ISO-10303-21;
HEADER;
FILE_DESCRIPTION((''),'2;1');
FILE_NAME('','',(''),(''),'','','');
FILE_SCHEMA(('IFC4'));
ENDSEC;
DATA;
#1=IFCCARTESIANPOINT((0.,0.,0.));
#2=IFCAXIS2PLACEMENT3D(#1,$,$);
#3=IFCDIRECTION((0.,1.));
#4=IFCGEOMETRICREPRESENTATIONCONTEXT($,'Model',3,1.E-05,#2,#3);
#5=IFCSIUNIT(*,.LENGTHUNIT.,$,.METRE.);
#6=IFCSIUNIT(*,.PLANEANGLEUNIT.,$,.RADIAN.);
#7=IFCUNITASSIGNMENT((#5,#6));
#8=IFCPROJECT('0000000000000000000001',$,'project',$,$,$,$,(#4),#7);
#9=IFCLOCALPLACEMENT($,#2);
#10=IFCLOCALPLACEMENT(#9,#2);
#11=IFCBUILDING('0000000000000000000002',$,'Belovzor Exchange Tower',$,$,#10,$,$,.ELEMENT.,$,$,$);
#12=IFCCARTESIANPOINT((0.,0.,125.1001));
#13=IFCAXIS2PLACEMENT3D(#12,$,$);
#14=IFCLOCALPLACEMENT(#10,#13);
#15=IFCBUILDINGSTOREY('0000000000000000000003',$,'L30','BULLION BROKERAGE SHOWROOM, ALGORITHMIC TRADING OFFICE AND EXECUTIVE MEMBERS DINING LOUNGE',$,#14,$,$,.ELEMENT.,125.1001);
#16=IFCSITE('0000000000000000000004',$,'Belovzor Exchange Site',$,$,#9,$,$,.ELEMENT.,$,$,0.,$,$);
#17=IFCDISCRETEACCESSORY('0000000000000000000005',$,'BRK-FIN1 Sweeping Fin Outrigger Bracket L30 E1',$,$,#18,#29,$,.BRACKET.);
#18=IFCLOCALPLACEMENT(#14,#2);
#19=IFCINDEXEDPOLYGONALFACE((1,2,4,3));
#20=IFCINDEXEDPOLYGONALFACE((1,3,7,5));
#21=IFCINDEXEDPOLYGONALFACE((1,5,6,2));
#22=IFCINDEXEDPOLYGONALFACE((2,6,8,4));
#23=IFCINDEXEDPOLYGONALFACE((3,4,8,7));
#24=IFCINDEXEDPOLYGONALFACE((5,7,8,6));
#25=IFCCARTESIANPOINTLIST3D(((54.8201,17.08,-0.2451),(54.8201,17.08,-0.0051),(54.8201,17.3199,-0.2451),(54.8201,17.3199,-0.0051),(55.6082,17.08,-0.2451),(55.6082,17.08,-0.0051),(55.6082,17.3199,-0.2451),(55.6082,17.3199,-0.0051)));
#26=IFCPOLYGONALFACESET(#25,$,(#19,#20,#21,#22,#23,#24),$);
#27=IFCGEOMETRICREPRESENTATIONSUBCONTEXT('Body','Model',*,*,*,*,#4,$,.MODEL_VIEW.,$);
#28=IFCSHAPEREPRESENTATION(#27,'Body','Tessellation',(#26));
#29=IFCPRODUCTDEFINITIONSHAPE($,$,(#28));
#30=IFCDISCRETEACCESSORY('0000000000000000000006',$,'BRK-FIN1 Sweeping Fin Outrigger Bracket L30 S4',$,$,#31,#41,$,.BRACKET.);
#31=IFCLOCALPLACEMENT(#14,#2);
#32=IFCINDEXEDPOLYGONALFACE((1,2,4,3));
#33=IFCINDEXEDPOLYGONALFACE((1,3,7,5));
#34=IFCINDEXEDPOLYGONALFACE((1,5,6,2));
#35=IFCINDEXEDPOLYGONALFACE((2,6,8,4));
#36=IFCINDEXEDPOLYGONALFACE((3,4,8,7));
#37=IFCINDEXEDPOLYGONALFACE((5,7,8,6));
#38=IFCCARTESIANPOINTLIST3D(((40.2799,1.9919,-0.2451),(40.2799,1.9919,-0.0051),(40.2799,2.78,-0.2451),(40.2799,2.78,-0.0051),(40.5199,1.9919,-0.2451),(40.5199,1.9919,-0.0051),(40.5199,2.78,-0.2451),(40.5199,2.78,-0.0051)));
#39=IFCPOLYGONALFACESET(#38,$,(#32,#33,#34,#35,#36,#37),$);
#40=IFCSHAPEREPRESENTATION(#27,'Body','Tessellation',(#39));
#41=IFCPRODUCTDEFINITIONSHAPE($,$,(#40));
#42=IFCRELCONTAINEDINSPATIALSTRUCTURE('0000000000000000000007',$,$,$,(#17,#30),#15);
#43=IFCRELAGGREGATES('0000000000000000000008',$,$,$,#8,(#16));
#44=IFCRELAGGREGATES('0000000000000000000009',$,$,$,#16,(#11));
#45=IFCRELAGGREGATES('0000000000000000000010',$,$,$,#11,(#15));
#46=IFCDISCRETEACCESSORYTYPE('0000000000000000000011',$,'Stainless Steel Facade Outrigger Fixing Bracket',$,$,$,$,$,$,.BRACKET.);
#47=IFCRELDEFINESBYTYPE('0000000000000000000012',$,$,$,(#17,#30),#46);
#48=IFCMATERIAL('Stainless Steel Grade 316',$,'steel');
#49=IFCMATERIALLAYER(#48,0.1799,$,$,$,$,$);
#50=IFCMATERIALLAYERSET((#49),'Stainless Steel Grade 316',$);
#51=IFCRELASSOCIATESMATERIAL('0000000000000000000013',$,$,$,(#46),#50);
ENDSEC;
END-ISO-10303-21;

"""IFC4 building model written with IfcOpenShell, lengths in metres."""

from ifc_helpers import new_model, si_unit, direction, frame, origin, origin_2d, place, context, subcontext, project, spatial, rectangle, extrude, material, layer, layer_set, type_object, element, save


model = new_model("IFC4")

# Units and contexts
model_context = context("Model", 3, precision=1e-05, world=origin(), true_north=direction((0.0, 1.0)))
body_context = subcontext(model_context, "Body", "Model", "MODEL_VIEW")
ifc_project = project(units=[si_unit("LENGTHUNIT", "METRE"), si_unit("PLANEANGLEUNIT", "RADIAN")], contexts=[model_context])

# Site, building, storey
site_placement = place(None, origin())
site = spatial("IfcSite", under=ifc_project, at=site_placement, Name="Belovzor Exchange Site", CompositionType="ELEMENT", RefElevation=0.0)
building_placement = place(site_placement, origin())
building = spatial("IfcBuilding", under=site, at=building_placement, Name="Belovzor Exchange Tower", CompositionType="ELEMENT")
storey_placement = place(building_placement, frame((0.0, 0.0, 125.1001)))
storey = spatial("IfcBuildingStorey", under=building, at=storey_placement, Name="L30", Description="BULLION BROKERAGE SHOWROOM, ALGORITHMIC TRADING OFFICE AND EXECUTIVE MEMBERS DINING LOUNGE", CompositionType="ELEMENT", Elevation=125.1001)

# Discrete accessories
ifc_material_1 = material(Name="Stainless Steel Grade 316", Category="steel")
ifc_layer_1 = layer(ifc_material_1, 0.1799)
ifc_layer_set_1 = layer_set([ifc_layer_1], Name="Stainless Steel Grade 316")
discrete_accessory_type = type_object("IfcDiscreteAccessoryType", Name="Stainless Steel Facade Outrigger Fixing Bracket", PredefinedType="BRACKET", material=ifc_layer_set_1)
for number, where, z_axis, x_axis, name in (
    (1, (55.2141, 17.2, -0.2451), (0.0, 0.0, 1.0), (1.0, 0.0, 0.0), "BRK-FIN1 Sweeping Fin Outrigger Bracket L30 E1"),
    (2, (40.3999, 2.386, -0.2451), (0.0, 0.0, 1.0), (0.0, 1.0, 0.0), "BRK-FIN1 Sweeping Fin Outrigger Bracket L30 S4"),
):
    element("IfcDiscreteAccessory", number, at=place(storey_placement, frame(where, z_axis=z_axis, x_axis=x_axis)), inside=storey, type_object=discrete_accessory_type, Name=name, PredefinedType="BRACKET", context=body_context, shape_type="SweptSolid", body=[
        extrude(rectangle(XDim=0.7881, YDim=0.24, at=origin_2d()), origin(), (0.0, 0.0, 1.0), 0.24),
    ])

save(model, "model.ifc")
